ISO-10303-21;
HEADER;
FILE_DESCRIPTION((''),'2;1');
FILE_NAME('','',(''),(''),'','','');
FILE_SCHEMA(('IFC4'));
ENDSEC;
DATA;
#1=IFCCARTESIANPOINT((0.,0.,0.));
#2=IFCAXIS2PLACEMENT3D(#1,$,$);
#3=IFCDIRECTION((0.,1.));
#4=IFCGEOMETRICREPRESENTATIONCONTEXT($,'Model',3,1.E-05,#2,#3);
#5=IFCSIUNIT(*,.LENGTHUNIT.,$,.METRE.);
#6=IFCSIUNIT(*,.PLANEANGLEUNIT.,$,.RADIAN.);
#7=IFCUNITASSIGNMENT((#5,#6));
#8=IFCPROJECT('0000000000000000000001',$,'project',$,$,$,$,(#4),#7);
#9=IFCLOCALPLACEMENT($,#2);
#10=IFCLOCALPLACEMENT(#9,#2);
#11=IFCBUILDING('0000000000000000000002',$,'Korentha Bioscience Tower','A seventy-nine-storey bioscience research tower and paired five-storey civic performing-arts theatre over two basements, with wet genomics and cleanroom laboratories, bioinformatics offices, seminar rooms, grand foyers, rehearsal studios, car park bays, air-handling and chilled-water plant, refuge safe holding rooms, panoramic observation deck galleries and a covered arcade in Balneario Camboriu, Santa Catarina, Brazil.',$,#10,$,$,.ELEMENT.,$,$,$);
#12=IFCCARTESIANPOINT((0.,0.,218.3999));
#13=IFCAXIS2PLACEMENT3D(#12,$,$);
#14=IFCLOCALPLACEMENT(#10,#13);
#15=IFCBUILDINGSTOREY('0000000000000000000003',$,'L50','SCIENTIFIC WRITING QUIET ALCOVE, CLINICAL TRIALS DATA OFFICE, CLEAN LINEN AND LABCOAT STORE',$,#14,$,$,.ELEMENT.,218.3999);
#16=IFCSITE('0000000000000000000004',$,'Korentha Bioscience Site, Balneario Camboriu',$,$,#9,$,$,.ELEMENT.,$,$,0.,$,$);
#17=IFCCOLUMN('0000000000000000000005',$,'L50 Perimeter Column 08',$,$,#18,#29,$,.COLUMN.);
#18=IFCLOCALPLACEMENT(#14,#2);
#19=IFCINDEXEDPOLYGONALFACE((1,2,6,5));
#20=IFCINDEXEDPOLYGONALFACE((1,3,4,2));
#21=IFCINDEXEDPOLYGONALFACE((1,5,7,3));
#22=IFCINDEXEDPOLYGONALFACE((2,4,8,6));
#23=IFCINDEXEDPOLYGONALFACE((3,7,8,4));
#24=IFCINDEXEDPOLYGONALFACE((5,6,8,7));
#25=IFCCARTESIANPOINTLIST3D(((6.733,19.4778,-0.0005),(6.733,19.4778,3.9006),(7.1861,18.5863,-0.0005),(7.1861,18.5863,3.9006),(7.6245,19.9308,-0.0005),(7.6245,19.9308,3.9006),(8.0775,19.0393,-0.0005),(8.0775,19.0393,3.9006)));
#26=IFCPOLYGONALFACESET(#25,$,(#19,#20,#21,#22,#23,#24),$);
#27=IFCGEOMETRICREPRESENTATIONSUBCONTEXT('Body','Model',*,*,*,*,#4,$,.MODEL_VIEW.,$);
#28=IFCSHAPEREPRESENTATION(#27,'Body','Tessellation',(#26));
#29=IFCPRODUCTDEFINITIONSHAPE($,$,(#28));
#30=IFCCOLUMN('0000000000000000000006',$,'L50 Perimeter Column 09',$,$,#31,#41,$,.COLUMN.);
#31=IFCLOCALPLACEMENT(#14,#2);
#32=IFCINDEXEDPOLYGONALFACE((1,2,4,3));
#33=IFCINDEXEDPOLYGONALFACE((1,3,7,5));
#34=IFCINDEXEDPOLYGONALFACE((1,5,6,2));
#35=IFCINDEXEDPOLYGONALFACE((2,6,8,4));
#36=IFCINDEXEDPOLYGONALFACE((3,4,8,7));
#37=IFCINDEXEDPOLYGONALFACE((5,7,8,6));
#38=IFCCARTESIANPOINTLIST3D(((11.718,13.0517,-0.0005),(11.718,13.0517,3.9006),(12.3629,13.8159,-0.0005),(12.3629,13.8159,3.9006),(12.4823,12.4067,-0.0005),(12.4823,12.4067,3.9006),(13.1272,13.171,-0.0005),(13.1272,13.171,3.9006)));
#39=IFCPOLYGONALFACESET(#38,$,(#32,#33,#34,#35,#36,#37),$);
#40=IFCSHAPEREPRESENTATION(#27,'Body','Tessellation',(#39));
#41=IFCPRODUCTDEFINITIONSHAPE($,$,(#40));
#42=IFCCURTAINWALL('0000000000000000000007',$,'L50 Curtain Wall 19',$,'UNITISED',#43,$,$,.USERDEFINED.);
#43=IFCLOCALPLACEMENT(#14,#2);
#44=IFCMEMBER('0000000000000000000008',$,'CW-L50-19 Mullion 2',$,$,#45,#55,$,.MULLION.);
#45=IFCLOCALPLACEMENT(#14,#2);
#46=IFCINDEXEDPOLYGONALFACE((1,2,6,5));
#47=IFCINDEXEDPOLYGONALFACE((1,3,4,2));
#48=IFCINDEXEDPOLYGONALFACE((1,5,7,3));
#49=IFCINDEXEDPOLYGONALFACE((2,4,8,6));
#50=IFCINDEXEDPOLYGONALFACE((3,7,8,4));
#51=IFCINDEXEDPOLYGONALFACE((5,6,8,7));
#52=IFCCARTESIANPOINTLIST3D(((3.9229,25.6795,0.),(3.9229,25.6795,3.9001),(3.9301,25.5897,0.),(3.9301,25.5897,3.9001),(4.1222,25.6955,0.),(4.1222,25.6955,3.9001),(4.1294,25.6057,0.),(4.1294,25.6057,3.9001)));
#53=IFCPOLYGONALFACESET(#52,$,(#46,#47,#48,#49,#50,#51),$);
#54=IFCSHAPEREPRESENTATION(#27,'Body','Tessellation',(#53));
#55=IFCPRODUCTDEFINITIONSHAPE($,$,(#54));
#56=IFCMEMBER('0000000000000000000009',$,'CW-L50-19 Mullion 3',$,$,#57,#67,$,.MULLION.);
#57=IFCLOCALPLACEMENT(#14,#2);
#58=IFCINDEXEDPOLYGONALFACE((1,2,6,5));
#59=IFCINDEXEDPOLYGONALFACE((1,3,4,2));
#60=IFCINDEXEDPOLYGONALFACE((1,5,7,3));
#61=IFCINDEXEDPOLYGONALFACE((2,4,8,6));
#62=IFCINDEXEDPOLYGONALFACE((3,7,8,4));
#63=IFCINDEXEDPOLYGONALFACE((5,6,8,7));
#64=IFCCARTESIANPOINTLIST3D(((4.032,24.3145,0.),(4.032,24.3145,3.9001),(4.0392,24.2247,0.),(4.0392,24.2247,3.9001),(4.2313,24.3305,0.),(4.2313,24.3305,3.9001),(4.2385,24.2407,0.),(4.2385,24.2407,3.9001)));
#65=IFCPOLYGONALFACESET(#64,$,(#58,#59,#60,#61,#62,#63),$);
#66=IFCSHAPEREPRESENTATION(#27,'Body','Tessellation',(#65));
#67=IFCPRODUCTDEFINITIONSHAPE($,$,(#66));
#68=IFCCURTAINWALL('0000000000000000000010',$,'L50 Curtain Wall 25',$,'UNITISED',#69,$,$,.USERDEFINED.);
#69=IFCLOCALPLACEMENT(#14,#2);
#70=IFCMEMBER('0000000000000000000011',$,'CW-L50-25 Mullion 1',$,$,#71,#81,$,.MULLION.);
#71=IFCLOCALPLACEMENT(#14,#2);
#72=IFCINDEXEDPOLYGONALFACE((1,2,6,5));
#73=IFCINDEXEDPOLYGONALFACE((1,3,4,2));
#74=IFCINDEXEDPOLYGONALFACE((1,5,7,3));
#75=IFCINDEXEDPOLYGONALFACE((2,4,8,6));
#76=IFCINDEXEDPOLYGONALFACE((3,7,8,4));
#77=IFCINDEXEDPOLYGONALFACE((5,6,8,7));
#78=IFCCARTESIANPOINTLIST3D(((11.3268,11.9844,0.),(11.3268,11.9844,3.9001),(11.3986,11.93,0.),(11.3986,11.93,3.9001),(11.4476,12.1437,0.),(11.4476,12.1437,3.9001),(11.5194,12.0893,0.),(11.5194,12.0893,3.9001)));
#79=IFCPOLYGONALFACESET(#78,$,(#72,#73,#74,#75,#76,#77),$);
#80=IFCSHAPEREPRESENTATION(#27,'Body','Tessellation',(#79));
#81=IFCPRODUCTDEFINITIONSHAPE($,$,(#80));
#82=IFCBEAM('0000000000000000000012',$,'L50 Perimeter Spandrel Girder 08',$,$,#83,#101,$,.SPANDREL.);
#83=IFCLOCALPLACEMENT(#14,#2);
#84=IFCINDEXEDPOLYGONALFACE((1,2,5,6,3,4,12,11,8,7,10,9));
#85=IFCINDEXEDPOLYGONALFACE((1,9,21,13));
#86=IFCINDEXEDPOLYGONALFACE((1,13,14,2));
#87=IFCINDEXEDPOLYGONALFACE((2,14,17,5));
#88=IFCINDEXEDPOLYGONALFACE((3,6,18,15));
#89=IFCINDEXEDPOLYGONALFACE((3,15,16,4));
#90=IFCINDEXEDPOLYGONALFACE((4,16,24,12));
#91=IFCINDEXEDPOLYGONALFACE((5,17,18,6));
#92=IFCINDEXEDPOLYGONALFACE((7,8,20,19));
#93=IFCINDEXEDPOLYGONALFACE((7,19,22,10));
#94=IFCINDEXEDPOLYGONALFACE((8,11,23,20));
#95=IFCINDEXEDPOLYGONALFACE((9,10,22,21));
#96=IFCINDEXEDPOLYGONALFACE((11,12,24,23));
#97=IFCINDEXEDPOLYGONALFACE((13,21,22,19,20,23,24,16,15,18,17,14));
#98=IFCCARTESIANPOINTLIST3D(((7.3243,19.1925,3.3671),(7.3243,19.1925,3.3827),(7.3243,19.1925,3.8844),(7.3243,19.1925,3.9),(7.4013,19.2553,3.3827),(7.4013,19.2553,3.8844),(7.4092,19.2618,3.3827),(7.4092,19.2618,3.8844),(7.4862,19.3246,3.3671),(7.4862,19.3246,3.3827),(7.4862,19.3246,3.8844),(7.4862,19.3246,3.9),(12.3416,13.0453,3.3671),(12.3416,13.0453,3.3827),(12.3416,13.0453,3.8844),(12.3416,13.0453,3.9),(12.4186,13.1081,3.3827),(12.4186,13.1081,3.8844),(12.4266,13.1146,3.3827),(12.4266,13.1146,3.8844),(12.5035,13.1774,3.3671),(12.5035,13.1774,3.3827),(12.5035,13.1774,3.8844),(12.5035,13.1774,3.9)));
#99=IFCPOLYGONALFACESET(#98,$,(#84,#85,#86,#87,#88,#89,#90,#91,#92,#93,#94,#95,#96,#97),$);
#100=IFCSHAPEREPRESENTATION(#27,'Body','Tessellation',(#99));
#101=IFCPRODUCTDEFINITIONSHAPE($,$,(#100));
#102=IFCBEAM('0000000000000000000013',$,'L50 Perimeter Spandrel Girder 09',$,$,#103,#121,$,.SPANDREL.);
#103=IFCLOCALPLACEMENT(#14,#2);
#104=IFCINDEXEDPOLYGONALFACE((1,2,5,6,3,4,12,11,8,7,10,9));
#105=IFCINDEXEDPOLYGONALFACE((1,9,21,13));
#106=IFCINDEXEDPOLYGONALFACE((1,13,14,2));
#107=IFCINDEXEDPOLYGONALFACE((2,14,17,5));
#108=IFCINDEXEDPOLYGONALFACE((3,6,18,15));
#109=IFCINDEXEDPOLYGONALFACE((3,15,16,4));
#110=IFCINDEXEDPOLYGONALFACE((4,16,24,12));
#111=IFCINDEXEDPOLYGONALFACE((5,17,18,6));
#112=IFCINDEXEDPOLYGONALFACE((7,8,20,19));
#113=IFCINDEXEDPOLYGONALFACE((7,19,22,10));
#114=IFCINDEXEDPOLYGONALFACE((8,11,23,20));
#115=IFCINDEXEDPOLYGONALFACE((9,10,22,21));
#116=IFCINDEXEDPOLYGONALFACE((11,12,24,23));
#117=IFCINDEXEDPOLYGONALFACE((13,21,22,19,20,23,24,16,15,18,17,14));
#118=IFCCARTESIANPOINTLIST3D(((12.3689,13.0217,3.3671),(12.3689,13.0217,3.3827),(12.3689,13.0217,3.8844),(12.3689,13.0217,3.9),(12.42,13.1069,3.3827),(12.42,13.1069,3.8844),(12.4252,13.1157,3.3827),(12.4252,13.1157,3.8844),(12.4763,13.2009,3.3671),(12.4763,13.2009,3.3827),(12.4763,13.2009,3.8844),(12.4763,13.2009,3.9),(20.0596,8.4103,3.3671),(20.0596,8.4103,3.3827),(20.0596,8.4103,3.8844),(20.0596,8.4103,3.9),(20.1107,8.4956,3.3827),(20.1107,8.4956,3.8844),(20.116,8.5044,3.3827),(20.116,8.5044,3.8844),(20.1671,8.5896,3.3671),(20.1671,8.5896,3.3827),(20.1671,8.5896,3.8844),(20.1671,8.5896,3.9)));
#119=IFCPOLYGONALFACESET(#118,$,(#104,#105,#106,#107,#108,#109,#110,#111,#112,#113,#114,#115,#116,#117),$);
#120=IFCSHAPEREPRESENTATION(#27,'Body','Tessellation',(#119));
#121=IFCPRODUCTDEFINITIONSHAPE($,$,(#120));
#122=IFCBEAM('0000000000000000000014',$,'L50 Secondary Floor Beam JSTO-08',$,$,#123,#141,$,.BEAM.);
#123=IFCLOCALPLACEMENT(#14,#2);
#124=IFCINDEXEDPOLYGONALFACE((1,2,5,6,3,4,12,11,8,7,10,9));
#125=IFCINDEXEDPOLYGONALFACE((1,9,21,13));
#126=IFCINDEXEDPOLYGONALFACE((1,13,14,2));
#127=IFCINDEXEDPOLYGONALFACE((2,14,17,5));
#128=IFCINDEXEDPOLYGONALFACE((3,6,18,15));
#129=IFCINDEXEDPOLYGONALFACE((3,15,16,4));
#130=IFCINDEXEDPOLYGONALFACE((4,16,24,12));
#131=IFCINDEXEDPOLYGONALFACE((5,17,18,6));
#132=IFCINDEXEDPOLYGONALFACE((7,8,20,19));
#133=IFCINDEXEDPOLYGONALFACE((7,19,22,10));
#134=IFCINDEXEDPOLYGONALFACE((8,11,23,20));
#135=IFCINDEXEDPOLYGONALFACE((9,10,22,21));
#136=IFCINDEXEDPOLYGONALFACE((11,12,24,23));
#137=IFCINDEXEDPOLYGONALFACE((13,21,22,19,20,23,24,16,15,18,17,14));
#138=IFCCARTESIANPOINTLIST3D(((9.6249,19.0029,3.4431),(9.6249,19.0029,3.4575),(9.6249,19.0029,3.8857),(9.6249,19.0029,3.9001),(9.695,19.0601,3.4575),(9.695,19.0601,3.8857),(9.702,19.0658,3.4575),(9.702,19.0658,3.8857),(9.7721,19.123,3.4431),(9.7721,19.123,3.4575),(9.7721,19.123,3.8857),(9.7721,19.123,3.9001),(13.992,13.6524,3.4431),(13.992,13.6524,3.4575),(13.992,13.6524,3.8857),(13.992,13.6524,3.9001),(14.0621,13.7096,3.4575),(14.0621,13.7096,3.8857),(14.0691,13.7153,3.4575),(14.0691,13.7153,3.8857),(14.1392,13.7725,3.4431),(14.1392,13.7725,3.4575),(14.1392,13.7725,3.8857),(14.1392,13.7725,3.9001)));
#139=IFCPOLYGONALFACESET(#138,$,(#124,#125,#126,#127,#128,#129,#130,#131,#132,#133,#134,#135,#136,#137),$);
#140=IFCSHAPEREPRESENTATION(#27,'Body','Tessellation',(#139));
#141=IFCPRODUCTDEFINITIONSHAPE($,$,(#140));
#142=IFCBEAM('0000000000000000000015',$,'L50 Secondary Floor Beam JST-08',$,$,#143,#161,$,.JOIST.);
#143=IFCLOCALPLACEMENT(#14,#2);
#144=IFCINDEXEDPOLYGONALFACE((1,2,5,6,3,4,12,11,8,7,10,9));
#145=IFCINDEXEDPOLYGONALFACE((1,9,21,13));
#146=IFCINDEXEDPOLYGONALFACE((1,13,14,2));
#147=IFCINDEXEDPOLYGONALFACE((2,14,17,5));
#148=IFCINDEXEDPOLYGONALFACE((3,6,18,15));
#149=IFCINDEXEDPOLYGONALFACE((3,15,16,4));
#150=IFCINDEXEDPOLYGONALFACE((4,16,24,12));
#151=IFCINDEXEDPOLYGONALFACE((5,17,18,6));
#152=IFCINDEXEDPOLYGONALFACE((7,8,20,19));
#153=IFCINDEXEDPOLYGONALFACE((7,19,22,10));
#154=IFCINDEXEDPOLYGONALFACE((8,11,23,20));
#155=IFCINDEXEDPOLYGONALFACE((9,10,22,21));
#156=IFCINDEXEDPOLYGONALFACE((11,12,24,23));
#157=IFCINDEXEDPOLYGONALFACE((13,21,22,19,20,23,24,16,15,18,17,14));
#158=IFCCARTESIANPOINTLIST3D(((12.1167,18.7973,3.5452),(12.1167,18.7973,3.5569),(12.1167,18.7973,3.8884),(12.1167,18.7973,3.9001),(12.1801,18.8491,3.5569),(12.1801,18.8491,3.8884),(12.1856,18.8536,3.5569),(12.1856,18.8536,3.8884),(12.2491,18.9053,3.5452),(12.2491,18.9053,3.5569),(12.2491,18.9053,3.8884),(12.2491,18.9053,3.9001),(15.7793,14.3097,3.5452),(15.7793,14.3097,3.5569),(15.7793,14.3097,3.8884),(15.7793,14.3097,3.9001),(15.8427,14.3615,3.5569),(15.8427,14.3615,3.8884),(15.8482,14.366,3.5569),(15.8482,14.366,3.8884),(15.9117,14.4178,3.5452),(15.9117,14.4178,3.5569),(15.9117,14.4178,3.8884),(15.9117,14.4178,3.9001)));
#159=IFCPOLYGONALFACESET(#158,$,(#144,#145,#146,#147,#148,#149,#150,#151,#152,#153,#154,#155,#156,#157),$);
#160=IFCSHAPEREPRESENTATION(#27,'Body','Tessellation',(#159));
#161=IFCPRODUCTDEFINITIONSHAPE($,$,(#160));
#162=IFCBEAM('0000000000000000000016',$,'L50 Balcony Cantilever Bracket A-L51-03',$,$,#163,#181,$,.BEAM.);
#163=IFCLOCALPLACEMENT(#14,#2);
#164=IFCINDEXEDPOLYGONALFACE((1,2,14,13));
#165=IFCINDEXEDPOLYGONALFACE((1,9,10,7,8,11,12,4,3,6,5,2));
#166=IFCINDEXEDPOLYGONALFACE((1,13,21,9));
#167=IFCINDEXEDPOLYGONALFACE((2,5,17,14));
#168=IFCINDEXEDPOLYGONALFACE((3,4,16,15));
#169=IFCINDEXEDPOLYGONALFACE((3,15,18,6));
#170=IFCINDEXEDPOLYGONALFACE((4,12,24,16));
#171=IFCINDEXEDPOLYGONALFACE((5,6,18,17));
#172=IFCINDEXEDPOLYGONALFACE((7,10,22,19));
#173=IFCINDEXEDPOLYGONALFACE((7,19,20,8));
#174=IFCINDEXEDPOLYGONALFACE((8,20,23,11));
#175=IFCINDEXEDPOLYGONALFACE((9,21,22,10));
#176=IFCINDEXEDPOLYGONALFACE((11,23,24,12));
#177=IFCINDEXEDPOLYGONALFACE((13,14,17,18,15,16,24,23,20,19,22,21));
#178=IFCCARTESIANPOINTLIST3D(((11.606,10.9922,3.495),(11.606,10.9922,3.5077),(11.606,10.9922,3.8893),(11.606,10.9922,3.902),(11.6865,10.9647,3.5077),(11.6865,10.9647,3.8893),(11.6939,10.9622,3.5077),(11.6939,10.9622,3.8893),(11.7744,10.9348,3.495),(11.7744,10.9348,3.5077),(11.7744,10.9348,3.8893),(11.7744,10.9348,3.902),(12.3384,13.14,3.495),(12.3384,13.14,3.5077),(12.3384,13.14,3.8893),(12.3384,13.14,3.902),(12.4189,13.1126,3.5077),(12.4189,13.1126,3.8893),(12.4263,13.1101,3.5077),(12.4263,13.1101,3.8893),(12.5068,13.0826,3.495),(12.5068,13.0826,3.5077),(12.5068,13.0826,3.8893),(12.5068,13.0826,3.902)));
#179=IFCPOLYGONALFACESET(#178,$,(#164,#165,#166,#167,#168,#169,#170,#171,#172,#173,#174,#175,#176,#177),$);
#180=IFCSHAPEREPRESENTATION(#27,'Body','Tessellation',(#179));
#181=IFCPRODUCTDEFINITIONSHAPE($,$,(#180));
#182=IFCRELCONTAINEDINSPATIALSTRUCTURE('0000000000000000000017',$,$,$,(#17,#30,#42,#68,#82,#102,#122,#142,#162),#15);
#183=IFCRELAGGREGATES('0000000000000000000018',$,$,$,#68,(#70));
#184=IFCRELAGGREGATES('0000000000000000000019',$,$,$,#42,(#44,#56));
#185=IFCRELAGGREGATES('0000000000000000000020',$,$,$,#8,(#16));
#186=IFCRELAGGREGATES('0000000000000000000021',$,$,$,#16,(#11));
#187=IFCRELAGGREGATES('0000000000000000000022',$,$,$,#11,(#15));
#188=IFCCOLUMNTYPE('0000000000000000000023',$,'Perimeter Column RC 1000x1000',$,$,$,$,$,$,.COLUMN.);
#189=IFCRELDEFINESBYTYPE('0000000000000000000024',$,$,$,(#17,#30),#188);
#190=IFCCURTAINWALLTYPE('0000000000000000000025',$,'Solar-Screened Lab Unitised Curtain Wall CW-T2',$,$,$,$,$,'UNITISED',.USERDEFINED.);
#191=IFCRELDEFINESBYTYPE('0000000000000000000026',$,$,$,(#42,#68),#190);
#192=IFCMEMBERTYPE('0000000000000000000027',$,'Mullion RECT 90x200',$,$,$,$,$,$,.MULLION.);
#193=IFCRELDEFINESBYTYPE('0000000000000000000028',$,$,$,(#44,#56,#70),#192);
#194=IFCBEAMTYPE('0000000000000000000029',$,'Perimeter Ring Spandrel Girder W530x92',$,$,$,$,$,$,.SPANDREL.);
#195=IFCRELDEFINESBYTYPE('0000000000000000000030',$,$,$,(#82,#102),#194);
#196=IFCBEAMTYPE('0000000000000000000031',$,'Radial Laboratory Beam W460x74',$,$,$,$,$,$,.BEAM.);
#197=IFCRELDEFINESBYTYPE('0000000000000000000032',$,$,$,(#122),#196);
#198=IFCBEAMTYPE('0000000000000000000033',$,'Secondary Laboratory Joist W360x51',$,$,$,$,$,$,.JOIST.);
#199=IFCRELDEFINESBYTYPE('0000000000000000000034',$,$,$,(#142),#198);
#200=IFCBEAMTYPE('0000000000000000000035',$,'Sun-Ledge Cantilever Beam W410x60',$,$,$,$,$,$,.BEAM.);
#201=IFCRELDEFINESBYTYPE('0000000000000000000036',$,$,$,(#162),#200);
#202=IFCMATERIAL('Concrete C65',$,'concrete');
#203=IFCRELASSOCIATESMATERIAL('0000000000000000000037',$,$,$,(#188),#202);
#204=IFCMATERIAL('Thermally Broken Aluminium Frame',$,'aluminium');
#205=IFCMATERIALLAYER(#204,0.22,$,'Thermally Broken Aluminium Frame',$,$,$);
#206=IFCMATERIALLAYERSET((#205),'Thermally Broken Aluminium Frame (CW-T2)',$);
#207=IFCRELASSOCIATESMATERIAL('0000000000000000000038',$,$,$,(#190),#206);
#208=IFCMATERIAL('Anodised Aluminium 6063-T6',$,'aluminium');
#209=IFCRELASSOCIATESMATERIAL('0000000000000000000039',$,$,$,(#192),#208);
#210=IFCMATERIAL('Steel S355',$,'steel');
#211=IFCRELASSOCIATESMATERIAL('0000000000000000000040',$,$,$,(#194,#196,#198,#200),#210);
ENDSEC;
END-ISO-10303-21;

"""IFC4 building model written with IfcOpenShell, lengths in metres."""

from ifc_helpers import new_model, si_unit, direction, frame, origin, origin_2d, place, context, subcontext, project, spatial, rectangle, i_section, extrude, material, layer, layer_set, material_profile, profile_set, type_object, element, aggregate, save


model = new_model("IFC4")

# Units and contexts
model_context = context("Model", 3, precision=1e-05, world=origin(), true_north=direction((0.0, 1.0)))
body_context = subcontext(model_context, "Body", "Model", "MODEL_VIEW")
ifc_project = project(units=[si_unit("LENGTHUNIT", "METRE"), si_unit("PLANEANGLEUNIT", "RADIAN")], contexts=[model_context])

# Site, building, storey
site_placement = place(None, origin())
site = spatial("IfcSite", under=ifc_project, at=site_placement, Name="Korentha Bioscience Site, Balneario Camboriu", CompositionType="ELEMENT", RefElevation=0.0)
building_placement = place(site_placement, origin())
building = spatial("IfcBuilding", under=site, at=building_placement, Name="Korentha Bioscience Tower", Description="A seventy-nine-storey bioscience research tower and paired five-storey civic performing-arts theatre over two basements, with wet genomics and cleanroom laboratories, bioinformatics offices, seminar rooms, grand foyers, rehearsal studios, car park bays, air-handling and chilled-water plant, refuge safe holding rooms, panoramic observation deck galleries and a covered arcade in Balneario Camboriu, Santa Catarina, Brazil.", CompositionType="ELEMENT")
storey_placement = place(building_placement, frame((0.0, 0.0, 218.3999)))
storey = spatial("IfcBuildingStorey", under=building, at=storey_placement, Name="L50", Description="SCIENTIFIC WRITING QUIET ALCOVE, CLINICAL TRIALS DATA OFFICE, CLEAN LINEN AND LABCOAT STORE", CompositionType="ELEMENT", Elevation=218.3999)

# Columns
ifc_material_1 = material(Name="Concrete C65", Category="concrete")
ifc_material_profile_1 = material_profile(ifc_material_1, rectangle(XDim=1.0, YDim=1.0, at=origin_2d()), Name="Concrete C65")
ifc_profile_set_1 = profile_set([ifc_material_profile_1], Name="Concrete C65 (COL-P10)")
column_type = type_object("IfcColumnType", Name="Perimeter Column RC 1000x1000", PredefinedType="COLUMN", material=ifc_profile_set_1)
for number, where, z_axis, x_axis, name in (
    (1, (7.4053, 19.2585, -0.0005), (0.0, 0.0, 1.0), (-0.453057, 0.891481, 0.0), "L50 Perimeter Column 08"),
    (2, (12.4226, 13.1113, -0.0005), (0.0, 0.0, 1.0), (-0.764246, 0.644924, 0.0), "L50 Perimeter Column 09"),
):
    element("IfcColumn", number, at=place(storey_placement, frame(where, z_axis=z_axis, x_axis=x_axis)), inside=storey, type_object=column_type, Name=name, PredefinedType="COLUMN", context=body_context, shape_type="SweptSolid", body=[
        extrude(rectangle(XDim=1.0, YDim=1.0, at=origin_2d()), origin(), (0.0, 0.0, 1.0), 3.9011),
    ])

# Curtain wall, members
ifc_material_2 = material(Name="Thermally Broken Aluminium Frame", Category="aluminium")
ifc_layer_1 = layer(ifc_material_2, 0.22, Name="Thermally Broken Aluminium Frame")
ifc_layer_set_1 = layer_set([ifc_layer_1], Name="Thermally Broken Aluminium Frame (CW-T2)")
curtain_wall_type = type_object("IfcCurtainWallType", Name="Solar-Screened Lab Unitised Curtain Wall CW-T2", ElementType="UNITISED", PredefinedType="USERDEFINED", material=ifc_layer_set_1)
curtain_wall_1_placement = place(storey_placement, origin())
curtain_wall_1 = element("IfcCurtainWall", 3, at=curtain_wall_1_placement, inside=storey, type_object=curtain_wall_type, Name="L50 Curtain Wall 19", ObjectType="UNITISED", PredefinedType="USERDEFINED")
ifc_material_3 = material(Name="Anodised Aluminium 6063-T6", Category="aluminium")
ifc_material_profile_2 = material_profile(ifc_material_3, rectangle(XDim=0.0901, YDim=0.2, at=origin_2d()), Name="Anodised Aluminium 6063-T6")
ifc_profile_set_2 = profile_set([ifc_material_profile_2], Name="Anodised Aluminium 6063-T6 (CW-MUL)")
member_type_1 = type_object("IfcMemberType", Name="Mullion RECT 90x200", PredefinedType="MULLION", material=ifc_profile_set_2)
member_1_placement = place(storey_placement, frame((4.0261, 25.6426, 0.0), z_axis=(0.0, 0.0, 1.0), x_axis=(0.079748, -0.996815, 0.0)))
member_1 = element("IfcMember", 4, at=member_1_placement, type_object=member_type_1, Name="CW-L50-19 Mullion 2", PredefinedType="MULLION", context=body_context, shape_type="SweptSolid", body=[
    extrude(rectangle(XDim=0.0901, YDim=0.2, at=origin_2d()), origin(), (0.0, 0.0, 1.0), 3.9001),
])
member_2_placement = place(storey_placement, frame((4.1353, 24.2776, 0.0), z_axis=(0.0, 0.0, 1.0), x_axis=(0.079748, -0.996815, 0.0)))
member_2 = element("IfcMember", 5, at=member_2_placement, type_object=member_type_1, Name="CW-L50-19 Mullion 3", PredefinedType="MULLION", context=body_context, shape_type="SweptSolid", body=[
    extrude(rectangle(XDim=0.0901, YDim=0.2, at=origin_2d()), origin(), (0.0, 0.0, 1.0), 3.9001),
])

# Curtain wall, member
curtain_wall_2_placement = place(storey_placement, origin())
curtain_wall_2 = element("IfcCurtainWall", 6, at=curtain_wall_2_placement, inside=storey, type_object=curtain_wall_type, Name="L50 Curtain Wall 25", ObjectType="UNITISED", PredefinedType="USERDEFINED")
member_3_placement = place(storey_placement, frame((11.4231, 12.0369, 0.0), z_axis=(0.0, 0.0, 1.0), x_axis=(0.796889, -0.604126, 0.0)))
member_3 = element("IfcMember", 7, at=member_3_placement, type_object=member_type_1, Name="CW-L50-25 Mullion 1", PredefinedType="MULLION", context=body_context, shape_type="SweptSolid", body=[
    extrude(rectangle(XDim=0.0901, YDim=0.2, at=origin_2d()), origin(), (0.0, 0.0, 1.0), 3.9001),
])
aggregate(curtain_wall_2, [member_3])

# Beams
ifc_material_4 = material(Name="Steel S355", Category="steel")
ifc_material_profile_3 = material_profile(ifc_material_4, i_section(OverallWidth=0.209, OverallDepth=0.533, WebThickness=0.0103, FlangeThickness=0.0156, at=origin_2d()), Name="Steel S355")
ifc_profile_set_3 = profile_set([ifc_material_profile_3], Name="Steel S355 (SB-530)")
beam_type_1 = type_object("IfcBeamType", Name="Perimeter Ring Spandrel Girder W530x92", PredefinedType="SPANDREL", material=ifc_profile_set_3)
beam_1_placement = place(storey_placement, frame((7.4053, 19.2585, 3.6335), z_axis=(0.632316, -0.774711, 0.0), x_axis=(0.774711, 0.632316, 0.0)))
element("IfcBeam", 8, at=beam_1_placement, inside=storey, type_object=beam_type_1, Name="L50 Perimeter Spandrel Girder 08", PredefinedType="SPANDREL", context=body_context, shape_type="SweptSolid", body=[
    extrude(i_section(OverallWidth=0.209, OverallDepth=0.533, WebThickness=0.0103, FlangeThickness=0.0156, at=origin_2d()), origin(), (0.0, 0.0, 1.0), 7.9348),
])
beam_2_placement = place(storey_placement, frame((12.4226, 13.1113, 3.6335), z_axis=(0.857644, -0.514243, 0.0), x_axis=(0.514243, 0.857644, 0.0)))
element("IfcBeam", 9, at=beam_2_placement, inside=storey, type_object=beam_type_1, Name="L50 Perimeter Spandrel Girder 09", PredefinedType="SPANDREL", context=body_context, shape_type="SweptSolid", body=[
    extrude(i_section(OverallWidth=0.209, OverallDepth=0.533, WebThickness=0.0103, FlangeThickness=0.0156, at=origin_2d()), origin(), (0.0, 0.0, 1.0), 8.9673),
])
ifc_material_profile_4 = material_profile(ifc_material_4, i_section(OverallWidth=0.1899, OverallDepth=0.457, WebThickness=0.009, FlangeThickness=0.0144, at=origin_2d()), Name="Steel S355")
ifc_profile_set_4 = profile_set([ifc_material_profile_4], Name="Steel S355 (RB-460)")
beam_type_2 = type_object("IfcBeamType", Name="Radial Laboratory Beam W460x74", PredefinedType="BEAM", material=ifc_profile_set_4)
beam_3_placement = place(storey_placement, frame((9.6985, 19.063, 3.6716), z_axis=(0.632321, -0.774706, 0.0), x_axis=(0.774706, 0.632321, 0.0)))
element("IfcBeam", 10, at=beam_3_placement, inside=storey, type_object=beam_type_2, Name="L50 Secondary Floor Beam JSTO-08", PredefinedType="BEAM", context=body_context, shape_type="SweptSolid", body=[
    extrude(i_section(OverallWidth=0.1899, OverallDepth=0.457, WebThickness=0.009, FlangeThickness=0.0144, at=origin_2d()), origin(), (0.0, 0.0, 1.0), 6.9065),
])
ifc_material_profile_5 = material_profile(ifc_material_4, i_section(OverallWidth=0.1709, OverallDepth=0.355, WebThickness=0.0071, FlangeThickness=0.0117, at=origin_2d()), Name="Steel S355")
ifc_profile_set_5 = profile_set([ifc_material_profile_5], Name="Steel S355 (JB-360)")
beam_type_3 = type_object("IfcBeamType", Name="Secondary Laboratory Joist W360x51", PredefinedType="JOIST", material=ifc_profile_set_5)
beam_4_placement = place(storey_placement, frame((12.1829, 18.8513, 3.7227), z_axis=(0.632303, -0.774721, 0.0), x_axis=(0.774721, 0.632303, 0.0)))
element("IfcBeam", 11, at=beam_4_placement, inside=storey, type_object=beam_type_3, Name="L50 Secondary Floor Beam JST-08", PredefinedType="JOIST", context=body_context, shape_type="SweptSolid", body=[
    extrude(i_section(OverallWidth=0.1709, OverallDepth=0.355, WebThickness=0.0071, FlangeThickness=0.0117, at=origin_2d()), origin(), (0.0, 0.0, 1.0), 5.7925),
])
ifc_material_profile_6 = material_profile(ifc_material_4, i_section(OverallWidth=0.178, OverallDepth=0.407, WebThickness=0.0078, FlangeThickness=0.0127, at=origin_2d()), Name="Steel S355")
ifc_profile_set_6 = profile_set([ifc_material_profile_6], Name="Steel S355 (CB-410)")
beam_type_4 = type_object("IfcBeamType", Name="Sun-Ledge Cantilever Beam W410x60", PredefinedType="BEAM", material=ifc_profile_set_6)
beam_5_placement = place(storey_placement, frame((12.4226, 13.1113, 3.6985), z_axis=(-0.32274, -0.946488, 0.0), x_axis=(0.946488, -0.32274, 0.0)))
element("IfcBeam", 12, at=beam_5_placement, inside=storey, type_object=beam_type_4, Name="L50 Balcony Cantilever Bracket A-L51-03", PredefinedType="BEAM", context=body_context, shape_type="SweptSolid", body=[
    extrude(i_section(OverallWidth=0.178, OverallDepth=0.407, WebThickness=0.0078, FlangeThickness=0.0127, at=origin_2d()), origin(), (0.0, 0.0, 1.0), 2.2693),
])

aggregate(curtain_wall_1, [member_1, member_2])

save(model, "model.ifc")
